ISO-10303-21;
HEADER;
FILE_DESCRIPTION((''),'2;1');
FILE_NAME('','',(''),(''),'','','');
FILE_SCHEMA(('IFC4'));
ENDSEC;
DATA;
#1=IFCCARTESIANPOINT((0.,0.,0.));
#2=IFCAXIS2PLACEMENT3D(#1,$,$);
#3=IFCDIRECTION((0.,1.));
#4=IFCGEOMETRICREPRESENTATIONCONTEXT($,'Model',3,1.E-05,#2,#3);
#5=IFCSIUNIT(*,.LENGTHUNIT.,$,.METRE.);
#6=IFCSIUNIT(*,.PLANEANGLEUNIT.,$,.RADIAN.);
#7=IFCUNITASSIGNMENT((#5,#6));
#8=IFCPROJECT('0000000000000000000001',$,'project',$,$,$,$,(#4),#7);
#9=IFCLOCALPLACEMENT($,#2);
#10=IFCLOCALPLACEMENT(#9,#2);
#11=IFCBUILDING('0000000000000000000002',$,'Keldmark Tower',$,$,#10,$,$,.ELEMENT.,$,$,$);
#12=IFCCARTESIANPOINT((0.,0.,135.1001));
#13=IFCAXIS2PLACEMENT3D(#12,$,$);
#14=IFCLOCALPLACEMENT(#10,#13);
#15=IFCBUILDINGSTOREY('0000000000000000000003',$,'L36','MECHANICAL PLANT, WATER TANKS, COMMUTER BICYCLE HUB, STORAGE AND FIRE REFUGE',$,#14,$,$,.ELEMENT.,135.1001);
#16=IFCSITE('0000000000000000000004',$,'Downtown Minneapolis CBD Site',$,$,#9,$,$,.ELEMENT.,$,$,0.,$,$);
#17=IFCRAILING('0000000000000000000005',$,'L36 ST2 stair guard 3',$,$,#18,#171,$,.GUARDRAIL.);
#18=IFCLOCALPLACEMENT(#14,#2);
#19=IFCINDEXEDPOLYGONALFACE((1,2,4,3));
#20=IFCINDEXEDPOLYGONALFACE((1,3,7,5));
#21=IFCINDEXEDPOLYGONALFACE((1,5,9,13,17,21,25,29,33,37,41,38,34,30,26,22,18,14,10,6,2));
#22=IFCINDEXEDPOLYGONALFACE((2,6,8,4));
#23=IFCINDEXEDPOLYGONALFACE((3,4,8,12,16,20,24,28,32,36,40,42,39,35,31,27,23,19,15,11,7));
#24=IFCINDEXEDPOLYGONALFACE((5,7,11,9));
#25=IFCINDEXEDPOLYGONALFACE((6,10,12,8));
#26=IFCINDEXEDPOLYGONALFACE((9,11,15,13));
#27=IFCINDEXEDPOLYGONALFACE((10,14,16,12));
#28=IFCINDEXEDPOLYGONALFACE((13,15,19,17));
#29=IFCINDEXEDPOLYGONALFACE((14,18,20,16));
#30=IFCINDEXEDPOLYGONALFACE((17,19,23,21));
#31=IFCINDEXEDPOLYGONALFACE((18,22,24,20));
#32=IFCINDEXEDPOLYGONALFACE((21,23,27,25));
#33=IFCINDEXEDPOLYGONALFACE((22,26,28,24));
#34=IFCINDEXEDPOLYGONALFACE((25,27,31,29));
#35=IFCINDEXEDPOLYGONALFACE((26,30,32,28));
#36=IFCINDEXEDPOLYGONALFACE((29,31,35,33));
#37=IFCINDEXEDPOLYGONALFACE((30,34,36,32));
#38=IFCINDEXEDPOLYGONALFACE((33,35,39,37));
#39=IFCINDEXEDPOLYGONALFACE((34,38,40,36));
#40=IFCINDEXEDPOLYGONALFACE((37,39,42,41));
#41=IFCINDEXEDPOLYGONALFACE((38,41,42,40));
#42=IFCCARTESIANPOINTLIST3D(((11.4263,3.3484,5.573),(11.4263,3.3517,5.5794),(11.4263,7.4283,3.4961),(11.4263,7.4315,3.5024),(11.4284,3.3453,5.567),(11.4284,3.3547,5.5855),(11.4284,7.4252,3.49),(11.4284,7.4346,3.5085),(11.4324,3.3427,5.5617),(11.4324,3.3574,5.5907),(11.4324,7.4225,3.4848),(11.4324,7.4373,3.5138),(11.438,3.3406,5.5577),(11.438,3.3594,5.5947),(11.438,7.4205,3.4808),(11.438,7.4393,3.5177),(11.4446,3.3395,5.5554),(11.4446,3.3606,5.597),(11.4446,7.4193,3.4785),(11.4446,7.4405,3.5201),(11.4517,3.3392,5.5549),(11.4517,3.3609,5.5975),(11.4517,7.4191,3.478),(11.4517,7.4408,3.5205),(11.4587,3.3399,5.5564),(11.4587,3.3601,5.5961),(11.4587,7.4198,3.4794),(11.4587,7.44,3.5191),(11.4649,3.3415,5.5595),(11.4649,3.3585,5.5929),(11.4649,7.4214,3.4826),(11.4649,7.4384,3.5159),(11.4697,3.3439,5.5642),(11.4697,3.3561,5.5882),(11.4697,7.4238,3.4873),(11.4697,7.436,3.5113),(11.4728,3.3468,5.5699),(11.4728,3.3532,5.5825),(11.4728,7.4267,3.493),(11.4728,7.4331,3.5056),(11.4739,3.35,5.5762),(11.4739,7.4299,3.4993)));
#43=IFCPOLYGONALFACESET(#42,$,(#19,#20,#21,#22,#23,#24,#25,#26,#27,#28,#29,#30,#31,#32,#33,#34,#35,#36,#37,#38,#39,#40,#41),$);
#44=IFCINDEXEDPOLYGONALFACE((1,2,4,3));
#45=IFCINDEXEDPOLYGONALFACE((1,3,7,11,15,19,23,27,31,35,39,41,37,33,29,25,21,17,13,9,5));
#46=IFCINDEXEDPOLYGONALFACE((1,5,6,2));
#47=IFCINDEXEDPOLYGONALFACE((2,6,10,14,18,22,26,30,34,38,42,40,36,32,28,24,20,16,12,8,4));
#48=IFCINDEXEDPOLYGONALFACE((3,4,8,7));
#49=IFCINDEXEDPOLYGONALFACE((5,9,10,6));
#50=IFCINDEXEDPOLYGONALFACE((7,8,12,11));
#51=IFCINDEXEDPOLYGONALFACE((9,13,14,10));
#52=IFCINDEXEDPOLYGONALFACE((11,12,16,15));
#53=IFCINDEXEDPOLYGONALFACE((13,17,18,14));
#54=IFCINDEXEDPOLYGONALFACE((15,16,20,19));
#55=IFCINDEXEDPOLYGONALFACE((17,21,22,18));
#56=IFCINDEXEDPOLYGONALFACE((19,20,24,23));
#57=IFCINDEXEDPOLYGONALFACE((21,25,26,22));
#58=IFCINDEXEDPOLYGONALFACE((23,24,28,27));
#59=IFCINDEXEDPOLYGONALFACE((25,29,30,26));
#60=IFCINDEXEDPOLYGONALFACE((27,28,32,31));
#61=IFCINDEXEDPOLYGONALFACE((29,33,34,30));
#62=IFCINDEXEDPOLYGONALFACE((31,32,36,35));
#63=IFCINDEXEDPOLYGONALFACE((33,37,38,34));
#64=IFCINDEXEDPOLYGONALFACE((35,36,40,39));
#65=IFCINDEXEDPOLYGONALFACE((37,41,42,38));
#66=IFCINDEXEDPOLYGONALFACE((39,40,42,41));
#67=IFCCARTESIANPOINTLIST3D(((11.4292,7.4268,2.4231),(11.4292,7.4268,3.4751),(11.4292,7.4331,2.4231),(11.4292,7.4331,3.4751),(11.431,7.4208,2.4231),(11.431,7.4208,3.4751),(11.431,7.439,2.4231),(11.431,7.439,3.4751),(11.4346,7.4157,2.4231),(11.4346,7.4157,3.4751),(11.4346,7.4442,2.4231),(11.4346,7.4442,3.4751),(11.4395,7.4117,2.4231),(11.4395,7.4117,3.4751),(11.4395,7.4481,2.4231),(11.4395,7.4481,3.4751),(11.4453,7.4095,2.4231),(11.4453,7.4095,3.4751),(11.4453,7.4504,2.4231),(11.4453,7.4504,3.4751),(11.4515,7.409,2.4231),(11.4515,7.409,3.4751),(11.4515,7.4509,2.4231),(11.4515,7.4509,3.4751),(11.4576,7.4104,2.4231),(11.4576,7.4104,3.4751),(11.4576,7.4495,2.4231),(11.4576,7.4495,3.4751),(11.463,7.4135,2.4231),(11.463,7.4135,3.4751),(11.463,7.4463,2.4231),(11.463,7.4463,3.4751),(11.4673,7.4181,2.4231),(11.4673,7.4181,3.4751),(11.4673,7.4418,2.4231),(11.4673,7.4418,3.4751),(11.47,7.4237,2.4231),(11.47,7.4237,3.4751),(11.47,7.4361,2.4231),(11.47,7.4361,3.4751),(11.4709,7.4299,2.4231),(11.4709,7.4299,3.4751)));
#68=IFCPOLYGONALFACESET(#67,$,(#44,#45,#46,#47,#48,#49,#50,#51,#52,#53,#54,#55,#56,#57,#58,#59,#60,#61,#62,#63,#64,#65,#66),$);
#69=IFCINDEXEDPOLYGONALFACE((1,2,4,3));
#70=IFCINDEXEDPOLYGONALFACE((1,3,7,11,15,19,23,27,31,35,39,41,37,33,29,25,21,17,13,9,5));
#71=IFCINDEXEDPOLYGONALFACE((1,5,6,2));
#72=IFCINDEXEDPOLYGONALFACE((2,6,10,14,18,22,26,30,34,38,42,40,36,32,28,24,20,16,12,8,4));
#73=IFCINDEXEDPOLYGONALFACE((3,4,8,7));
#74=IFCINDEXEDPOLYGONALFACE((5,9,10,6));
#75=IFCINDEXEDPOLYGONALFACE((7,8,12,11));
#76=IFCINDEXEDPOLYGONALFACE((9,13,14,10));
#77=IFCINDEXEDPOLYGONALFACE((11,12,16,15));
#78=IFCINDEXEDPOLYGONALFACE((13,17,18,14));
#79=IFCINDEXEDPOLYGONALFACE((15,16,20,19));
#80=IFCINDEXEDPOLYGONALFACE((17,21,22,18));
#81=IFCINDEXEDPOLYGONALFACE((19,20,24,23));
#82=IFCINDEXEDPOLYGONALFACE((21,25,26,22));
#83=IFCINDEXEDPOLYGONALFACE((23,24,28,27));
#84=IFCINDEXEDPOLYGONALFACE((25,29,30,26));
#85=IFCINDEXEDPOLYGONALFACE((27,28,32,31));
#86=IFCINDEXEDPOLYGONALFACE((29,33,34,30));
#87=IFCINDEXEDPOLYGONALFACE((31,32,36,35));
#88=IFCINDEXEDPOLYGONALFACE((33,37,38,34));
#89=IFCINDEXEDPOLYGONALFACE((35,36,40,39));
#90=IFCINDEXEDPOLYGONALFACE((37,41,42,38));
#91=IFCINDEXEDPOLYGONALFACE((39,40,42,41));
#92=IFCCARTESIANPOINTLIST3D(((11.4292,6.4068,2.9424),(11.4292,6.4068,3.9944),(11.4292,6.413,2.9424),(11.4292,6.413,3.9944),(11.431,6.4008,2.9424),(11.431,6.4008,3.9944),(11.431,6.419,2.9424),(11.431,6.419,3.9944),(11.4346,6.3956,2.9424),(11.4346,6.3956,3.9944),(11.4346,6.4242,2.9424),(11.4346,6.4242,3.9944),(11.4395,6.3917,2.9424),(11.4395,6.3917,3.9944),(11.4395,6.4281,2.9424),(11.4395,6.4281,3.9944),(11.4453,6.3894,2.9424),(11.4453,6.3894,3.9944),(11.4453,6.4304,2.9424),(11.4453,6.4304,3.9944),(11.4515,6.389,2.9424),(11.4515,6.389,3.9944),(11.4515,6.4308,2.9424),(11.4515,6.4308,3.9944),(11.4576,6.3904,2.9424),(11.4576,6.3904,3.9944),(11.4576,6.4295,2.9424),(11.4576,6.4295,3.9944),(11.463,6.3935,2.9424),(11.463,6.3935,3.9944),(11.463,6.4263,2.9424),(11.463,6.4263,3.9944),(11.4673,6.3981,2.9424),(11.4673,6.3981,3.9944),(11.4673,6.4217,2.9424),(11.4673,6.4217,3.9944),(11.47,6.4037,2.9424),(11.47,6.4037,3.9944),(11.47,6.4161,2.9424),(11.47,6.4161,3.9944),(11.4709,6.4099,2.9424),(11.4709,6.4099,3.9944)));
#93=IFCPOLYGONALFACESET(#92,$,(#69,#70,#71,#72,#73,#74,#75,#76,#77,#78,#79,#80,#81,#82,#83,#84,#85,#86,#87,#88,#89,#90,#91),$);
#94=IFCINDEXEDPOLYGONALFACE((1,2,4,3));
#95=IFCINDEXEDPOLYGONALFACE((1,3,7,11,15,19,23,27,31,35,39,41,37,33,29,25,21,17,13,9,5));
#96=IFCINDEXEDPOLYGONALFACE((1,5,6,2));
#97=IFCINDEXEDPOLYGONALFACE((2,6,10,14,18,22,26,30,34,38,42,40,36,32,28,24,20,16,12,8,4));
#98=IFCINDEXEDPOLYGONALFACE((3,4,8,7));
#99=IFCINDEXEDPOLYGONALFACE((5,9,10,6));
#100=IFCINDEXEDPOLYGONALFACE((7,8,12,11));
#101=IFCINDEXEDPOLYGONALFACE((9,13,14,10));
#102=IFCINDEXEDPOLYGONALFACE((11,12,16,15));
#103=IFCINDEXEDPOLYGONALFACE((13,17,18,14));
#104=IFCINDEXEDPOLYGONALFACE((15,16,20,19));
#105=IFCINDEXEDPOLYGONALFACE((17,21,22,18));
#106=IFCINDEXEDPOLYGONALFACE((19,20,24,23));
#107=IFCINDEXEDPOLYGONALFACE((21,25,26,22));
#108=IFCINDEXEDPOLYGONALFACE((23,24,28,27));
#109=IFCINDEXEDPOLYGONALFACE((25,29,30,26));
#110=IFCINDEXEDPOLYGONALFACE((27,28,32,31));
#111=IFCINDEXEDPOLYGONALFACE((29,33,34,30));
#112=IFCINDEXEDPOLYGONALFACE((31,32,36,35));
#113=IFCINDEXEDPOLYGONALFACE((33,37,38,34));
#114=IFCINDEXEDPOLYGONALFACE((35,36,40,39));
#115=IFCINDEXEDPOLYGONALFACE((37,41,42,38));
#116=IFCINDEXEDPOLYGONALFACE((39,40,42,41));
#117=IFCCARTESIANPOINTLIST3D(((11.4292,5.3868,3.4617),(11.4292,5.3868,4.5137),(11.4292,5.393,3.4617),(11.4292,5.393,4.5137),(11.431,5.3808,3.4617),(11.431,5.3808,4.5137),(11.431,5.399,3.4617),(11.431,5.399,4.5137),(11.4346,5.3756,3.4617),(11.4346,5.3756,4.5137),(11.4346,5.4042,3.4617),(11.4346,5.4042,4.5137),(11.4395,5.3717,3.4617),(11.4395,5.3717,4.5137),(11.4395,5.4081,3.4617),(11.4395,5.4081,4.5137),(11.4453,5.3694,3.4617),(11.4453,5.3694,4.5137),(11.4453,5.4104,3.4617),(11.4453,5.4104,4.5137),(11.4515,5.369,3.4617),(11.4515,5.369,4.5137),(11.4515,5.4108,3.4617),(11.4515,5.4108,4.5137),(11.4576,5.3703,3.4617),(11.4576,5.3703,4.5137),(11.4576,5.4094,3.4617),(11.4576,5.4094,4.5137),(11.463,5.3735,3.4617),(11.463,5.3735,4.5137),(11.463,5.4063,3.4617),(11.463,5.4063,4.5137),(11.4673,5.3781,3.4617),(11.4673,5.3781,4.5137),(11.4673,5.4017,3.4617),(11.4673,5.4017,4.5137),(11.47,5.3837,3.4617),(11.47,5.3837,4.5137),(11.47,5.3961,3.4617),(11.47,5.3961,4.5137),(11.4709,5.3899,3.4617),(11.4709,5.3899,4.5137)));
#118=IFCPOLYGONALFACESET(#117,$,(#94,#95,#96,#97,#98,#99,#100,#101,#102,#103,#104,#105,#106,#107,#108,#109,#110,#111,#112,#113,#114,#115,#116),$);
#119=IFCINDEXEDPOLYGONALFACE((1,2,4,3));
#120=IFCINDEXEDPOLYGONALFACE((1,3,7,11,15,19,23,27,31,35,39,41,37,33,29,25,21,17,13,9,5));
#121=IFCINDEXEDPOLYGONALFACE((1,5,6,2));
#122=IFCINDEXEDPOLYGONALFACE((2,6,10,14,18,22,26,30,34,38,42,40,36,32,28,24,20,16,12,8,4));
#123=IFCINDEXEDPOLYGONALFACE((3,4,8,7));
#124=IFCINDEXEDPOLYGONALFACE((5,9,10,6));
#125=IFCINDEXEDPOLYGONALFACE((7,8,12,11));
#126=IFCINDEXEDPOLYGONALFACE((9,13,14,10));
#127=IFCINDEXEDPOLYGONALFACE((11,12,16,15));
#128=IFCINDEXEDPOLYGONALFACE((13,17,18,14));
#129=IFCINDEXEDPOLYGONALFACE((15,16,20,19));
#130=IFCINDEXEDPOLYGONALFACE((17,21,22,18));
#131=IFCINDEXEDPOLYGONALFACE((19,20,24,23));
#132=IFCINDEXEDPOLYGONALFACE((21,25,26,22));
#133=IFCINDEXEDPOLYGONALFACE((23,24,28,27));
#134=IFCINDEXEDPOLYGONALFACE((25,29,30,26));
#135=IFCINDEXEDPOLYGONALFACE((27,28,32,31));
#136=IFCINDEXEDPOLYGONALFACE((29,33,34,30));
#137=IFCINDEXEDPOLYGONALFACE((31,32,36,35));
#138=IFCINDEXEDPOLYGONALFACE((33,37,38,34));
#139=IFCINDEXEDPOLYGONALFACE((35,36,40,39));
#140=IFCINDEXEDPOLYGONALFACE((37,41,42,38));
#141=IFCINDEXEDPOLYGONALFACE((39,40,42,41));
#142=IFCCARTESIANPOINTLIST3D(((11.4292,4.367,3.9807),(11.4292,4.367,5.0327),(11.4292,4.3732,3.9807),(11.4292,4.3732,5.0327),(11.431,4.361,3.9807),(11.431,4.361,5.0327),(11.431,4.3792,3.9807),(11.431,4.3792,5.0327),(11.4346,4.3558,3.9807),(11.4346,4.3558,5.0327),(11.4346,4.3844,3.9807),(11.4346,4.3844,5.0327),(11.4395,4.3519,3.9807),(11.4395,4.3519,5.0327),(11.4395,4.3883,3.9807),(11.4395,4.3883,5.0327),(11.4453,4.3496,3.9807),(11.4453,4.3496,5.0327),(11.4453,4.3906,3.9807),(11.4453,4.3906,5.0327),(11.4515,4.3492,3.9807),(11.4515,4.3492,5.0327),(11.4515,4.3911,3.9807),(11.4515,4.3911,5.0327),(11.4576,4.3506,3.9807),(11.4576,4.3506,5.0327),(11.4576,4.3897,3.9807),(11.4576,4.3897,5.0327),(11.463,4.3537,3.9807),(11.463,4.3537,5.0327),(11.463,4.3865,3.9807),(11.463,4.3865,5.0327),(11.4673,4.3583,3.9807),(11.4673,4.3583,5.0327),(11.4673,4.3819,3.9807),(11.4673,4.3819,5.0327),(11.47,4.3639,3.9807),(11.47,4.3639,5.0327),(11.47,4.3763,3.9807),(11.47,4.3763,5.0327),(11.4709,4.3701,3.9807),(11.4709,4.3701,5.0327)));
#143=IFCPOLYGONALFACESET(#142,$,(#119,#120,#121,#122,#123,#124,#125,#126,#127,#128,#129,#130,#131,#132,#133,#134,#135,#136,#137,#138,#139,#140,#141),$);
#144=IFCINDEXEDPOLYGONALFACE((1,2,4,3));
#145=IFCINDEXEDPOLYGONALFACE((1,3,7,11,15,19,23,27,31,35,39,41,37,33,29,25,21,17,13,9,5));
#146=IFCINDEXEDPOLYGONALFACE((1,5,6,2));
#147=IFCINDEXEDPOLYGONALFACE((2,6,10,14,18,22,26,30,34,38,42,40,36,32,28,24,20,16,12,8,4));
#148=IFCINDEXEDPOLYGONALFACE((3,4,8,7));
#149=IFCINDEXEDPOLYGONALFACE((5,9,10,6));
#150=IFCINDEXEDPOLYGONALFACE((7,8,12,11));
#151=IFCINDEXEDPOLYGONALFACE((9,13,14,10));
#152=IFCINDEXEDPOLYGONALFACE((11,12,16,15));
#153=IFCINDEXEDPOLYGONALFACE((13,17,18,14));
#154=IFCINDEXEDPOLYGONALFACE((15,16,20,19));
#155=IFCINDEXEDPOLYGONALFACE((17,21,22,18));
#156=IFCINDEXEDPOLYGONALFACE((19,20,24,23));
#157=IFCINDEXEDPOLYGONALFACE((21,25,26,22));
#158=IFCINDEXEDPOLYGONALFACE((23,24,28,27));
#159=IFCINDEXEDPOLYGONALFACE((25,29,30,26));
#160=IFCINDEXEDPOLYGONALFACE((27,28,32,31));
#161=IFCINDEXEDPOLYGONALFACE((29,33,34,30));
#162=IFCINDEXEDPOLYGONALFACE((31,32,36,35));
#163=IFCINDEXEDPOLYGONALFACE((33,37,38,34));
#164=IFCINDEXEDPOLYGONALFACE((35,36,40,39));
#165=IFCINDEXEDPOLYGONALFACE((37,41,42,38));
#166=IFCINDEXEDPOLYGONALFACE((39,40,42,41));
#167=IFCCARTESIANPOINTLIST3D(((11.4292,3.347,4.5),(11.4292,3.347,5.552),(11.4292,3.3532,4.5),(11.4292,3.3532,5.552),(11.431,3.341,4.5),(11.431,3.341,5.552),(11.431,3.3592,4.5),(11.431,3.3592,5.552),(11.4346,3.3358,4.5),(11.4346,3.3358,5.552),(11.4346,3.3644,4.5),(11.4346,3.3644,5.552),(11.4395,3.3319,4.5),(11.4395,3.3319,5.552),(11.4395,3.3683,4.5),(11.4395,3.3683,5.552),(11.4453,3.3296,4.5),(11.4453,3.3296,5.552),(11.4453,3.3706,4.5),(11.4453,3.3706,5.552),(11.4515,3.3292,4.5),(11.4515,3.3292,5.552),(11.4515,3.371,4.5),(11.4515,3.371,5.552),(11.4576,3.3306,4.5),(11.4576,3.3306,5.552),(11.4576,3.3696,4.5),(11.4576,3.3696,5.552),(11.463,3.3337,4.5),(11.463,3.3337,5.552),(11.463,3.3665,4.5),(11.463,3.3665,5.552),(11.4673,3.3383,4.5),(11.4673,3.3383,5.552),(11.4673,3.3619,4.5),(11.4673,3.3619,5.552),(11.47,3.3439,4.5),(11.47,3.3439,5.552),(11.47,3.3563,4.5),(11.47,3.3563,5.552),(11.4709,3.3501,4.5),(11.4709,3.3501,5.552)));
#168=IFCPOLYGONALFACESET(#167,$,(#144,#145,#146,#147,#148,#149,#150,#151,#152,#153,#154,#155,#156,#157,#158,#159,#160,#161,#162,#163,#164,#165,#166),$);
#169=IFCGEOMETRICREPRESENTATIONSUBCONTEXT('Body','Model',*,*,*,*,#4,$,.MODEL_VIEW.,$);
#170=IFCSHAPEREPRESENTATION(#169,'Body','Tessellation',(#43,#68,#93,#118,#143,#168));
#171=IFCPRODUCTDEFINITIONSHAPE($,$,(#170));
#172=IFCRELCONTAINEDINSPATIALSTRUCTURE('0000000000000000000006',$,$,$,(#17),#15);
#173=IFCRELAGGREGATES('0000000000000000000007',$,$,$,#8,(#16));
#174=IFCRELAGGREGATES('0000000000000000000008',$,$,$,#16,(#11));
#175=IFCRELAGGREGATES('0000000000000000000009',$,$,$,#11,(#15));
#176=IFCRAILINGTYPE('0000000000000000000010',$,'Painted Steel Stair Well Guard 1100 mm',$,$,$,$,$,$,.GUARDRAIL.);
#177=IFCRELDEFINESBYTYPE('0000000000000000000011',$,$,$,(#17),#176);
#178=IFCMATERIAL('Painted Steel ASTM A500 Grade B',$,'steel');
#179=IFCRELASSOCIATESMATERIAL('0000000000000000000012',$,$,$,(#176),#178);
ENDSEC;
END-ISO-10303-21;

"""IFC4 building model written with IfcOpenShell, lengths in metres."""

from ifc_helpers import new_model, si_unit, direction, frame, origin, origin_2d, place, context, subcontext, project, spatial, circle, extrude, material, type_object, element, save


model = new_model("IFC4")

# Units and contexts
model_context = context("Model", 3, precision=1e-05, world=origin(), true_north=direction((0.0, 1.0)))
body_context = subcontext(model_context, "Body", "Model", "MODEL_VIEW")
ifc_project = project(units=[si_unit("LENGTHUNIT", "METRE"), si_unit("PLANEANGLEUNIT", "RADIAN")], contexts=[model_context])

# Site, building, storey
site_placement = place(None, origin())
site = spatial("IfcSite", under=ifc_project, at=site_placement, Name="Downtown Minneapolis CBD Site", CompositionType="ELEMENT", RefElevation=0.0)
building_placement = place(site_placement, origin())
building = spatial("IfcBuilding", under=site, at=building_placement, Name="Keldmark Tower", CompositionType="ELEMENT")
storey_placement = place(building_placement, frame((0.0, 0.0, 135.1001)))
storey = spatial("IfcBuildingStorey", under=building, at=storey_placement, Name="L36", Description="MECHANICAL PLANT, WATER TANKS, COMMUTER BICYCLE HUB, STORAGE AND FIRE REFUGE", CompositionType="ELEMENT", Elevation=135.1001)

# Railing
ifc_material_1 = material(Name="Painted Steel ASTM A500 Grade B", Category="steel")
railing_type_1 = type_object("IfcRailingType", Name="Painted Steel Stair Well Guard 1100 mm", PredefinedType="GUARDRAIL", material=ifc_material_1)
railing_1_placement = place(storey_placement, frame((11.45, 7.4299, 2.4231)))
element("IfcRailing", 1, at=railing_1_placement, inside=storey, type_object=railing_type_1, Name="L36 ST2 stair guard 3", PredefinedType="GUARDRAIL", context=body_context, shape_type="SweptSolid", body=[
    extrude(circle(Radius=0.0239, at=origin_2d()), frame((0.0, 0.0, 1.0762), z_axis=(0.0, -0.891172, 0.453665), x_axis=(1.0, 0.0, 0.0)), (0.0, 0.0, 1.0), 4.5781),
    extrude(circle(Radius=0.021, at=origin_2d()), origin(), (0.0, 0.0, 1.0), 1.052),
    extrude(circle(Radius=0.021, at=origin_2d()), frame((0.0, -1.02, 0.5193)), (0.0, 0.0, 1.0), 1.052),
    extrude(circle(Radius=0.021, at=origin_2d()), frame((0.0, -2.04, 1.0386)), (0.0, 0.0, 1.0), 1.052),
    extrude(circle(Radius=0.021, at=origin_2d()), frame((0.0, -3.0598, 1.5576)), (0.0, 0.0, 1.0), 1.052),
    extrude(circle(Radius=0.021, at=origin_2d()), frame((0.0, -4.0798, 2.0769)), (0.0, 0.0, 1.0), 1.052),
])

save(model, "model.ifc")
